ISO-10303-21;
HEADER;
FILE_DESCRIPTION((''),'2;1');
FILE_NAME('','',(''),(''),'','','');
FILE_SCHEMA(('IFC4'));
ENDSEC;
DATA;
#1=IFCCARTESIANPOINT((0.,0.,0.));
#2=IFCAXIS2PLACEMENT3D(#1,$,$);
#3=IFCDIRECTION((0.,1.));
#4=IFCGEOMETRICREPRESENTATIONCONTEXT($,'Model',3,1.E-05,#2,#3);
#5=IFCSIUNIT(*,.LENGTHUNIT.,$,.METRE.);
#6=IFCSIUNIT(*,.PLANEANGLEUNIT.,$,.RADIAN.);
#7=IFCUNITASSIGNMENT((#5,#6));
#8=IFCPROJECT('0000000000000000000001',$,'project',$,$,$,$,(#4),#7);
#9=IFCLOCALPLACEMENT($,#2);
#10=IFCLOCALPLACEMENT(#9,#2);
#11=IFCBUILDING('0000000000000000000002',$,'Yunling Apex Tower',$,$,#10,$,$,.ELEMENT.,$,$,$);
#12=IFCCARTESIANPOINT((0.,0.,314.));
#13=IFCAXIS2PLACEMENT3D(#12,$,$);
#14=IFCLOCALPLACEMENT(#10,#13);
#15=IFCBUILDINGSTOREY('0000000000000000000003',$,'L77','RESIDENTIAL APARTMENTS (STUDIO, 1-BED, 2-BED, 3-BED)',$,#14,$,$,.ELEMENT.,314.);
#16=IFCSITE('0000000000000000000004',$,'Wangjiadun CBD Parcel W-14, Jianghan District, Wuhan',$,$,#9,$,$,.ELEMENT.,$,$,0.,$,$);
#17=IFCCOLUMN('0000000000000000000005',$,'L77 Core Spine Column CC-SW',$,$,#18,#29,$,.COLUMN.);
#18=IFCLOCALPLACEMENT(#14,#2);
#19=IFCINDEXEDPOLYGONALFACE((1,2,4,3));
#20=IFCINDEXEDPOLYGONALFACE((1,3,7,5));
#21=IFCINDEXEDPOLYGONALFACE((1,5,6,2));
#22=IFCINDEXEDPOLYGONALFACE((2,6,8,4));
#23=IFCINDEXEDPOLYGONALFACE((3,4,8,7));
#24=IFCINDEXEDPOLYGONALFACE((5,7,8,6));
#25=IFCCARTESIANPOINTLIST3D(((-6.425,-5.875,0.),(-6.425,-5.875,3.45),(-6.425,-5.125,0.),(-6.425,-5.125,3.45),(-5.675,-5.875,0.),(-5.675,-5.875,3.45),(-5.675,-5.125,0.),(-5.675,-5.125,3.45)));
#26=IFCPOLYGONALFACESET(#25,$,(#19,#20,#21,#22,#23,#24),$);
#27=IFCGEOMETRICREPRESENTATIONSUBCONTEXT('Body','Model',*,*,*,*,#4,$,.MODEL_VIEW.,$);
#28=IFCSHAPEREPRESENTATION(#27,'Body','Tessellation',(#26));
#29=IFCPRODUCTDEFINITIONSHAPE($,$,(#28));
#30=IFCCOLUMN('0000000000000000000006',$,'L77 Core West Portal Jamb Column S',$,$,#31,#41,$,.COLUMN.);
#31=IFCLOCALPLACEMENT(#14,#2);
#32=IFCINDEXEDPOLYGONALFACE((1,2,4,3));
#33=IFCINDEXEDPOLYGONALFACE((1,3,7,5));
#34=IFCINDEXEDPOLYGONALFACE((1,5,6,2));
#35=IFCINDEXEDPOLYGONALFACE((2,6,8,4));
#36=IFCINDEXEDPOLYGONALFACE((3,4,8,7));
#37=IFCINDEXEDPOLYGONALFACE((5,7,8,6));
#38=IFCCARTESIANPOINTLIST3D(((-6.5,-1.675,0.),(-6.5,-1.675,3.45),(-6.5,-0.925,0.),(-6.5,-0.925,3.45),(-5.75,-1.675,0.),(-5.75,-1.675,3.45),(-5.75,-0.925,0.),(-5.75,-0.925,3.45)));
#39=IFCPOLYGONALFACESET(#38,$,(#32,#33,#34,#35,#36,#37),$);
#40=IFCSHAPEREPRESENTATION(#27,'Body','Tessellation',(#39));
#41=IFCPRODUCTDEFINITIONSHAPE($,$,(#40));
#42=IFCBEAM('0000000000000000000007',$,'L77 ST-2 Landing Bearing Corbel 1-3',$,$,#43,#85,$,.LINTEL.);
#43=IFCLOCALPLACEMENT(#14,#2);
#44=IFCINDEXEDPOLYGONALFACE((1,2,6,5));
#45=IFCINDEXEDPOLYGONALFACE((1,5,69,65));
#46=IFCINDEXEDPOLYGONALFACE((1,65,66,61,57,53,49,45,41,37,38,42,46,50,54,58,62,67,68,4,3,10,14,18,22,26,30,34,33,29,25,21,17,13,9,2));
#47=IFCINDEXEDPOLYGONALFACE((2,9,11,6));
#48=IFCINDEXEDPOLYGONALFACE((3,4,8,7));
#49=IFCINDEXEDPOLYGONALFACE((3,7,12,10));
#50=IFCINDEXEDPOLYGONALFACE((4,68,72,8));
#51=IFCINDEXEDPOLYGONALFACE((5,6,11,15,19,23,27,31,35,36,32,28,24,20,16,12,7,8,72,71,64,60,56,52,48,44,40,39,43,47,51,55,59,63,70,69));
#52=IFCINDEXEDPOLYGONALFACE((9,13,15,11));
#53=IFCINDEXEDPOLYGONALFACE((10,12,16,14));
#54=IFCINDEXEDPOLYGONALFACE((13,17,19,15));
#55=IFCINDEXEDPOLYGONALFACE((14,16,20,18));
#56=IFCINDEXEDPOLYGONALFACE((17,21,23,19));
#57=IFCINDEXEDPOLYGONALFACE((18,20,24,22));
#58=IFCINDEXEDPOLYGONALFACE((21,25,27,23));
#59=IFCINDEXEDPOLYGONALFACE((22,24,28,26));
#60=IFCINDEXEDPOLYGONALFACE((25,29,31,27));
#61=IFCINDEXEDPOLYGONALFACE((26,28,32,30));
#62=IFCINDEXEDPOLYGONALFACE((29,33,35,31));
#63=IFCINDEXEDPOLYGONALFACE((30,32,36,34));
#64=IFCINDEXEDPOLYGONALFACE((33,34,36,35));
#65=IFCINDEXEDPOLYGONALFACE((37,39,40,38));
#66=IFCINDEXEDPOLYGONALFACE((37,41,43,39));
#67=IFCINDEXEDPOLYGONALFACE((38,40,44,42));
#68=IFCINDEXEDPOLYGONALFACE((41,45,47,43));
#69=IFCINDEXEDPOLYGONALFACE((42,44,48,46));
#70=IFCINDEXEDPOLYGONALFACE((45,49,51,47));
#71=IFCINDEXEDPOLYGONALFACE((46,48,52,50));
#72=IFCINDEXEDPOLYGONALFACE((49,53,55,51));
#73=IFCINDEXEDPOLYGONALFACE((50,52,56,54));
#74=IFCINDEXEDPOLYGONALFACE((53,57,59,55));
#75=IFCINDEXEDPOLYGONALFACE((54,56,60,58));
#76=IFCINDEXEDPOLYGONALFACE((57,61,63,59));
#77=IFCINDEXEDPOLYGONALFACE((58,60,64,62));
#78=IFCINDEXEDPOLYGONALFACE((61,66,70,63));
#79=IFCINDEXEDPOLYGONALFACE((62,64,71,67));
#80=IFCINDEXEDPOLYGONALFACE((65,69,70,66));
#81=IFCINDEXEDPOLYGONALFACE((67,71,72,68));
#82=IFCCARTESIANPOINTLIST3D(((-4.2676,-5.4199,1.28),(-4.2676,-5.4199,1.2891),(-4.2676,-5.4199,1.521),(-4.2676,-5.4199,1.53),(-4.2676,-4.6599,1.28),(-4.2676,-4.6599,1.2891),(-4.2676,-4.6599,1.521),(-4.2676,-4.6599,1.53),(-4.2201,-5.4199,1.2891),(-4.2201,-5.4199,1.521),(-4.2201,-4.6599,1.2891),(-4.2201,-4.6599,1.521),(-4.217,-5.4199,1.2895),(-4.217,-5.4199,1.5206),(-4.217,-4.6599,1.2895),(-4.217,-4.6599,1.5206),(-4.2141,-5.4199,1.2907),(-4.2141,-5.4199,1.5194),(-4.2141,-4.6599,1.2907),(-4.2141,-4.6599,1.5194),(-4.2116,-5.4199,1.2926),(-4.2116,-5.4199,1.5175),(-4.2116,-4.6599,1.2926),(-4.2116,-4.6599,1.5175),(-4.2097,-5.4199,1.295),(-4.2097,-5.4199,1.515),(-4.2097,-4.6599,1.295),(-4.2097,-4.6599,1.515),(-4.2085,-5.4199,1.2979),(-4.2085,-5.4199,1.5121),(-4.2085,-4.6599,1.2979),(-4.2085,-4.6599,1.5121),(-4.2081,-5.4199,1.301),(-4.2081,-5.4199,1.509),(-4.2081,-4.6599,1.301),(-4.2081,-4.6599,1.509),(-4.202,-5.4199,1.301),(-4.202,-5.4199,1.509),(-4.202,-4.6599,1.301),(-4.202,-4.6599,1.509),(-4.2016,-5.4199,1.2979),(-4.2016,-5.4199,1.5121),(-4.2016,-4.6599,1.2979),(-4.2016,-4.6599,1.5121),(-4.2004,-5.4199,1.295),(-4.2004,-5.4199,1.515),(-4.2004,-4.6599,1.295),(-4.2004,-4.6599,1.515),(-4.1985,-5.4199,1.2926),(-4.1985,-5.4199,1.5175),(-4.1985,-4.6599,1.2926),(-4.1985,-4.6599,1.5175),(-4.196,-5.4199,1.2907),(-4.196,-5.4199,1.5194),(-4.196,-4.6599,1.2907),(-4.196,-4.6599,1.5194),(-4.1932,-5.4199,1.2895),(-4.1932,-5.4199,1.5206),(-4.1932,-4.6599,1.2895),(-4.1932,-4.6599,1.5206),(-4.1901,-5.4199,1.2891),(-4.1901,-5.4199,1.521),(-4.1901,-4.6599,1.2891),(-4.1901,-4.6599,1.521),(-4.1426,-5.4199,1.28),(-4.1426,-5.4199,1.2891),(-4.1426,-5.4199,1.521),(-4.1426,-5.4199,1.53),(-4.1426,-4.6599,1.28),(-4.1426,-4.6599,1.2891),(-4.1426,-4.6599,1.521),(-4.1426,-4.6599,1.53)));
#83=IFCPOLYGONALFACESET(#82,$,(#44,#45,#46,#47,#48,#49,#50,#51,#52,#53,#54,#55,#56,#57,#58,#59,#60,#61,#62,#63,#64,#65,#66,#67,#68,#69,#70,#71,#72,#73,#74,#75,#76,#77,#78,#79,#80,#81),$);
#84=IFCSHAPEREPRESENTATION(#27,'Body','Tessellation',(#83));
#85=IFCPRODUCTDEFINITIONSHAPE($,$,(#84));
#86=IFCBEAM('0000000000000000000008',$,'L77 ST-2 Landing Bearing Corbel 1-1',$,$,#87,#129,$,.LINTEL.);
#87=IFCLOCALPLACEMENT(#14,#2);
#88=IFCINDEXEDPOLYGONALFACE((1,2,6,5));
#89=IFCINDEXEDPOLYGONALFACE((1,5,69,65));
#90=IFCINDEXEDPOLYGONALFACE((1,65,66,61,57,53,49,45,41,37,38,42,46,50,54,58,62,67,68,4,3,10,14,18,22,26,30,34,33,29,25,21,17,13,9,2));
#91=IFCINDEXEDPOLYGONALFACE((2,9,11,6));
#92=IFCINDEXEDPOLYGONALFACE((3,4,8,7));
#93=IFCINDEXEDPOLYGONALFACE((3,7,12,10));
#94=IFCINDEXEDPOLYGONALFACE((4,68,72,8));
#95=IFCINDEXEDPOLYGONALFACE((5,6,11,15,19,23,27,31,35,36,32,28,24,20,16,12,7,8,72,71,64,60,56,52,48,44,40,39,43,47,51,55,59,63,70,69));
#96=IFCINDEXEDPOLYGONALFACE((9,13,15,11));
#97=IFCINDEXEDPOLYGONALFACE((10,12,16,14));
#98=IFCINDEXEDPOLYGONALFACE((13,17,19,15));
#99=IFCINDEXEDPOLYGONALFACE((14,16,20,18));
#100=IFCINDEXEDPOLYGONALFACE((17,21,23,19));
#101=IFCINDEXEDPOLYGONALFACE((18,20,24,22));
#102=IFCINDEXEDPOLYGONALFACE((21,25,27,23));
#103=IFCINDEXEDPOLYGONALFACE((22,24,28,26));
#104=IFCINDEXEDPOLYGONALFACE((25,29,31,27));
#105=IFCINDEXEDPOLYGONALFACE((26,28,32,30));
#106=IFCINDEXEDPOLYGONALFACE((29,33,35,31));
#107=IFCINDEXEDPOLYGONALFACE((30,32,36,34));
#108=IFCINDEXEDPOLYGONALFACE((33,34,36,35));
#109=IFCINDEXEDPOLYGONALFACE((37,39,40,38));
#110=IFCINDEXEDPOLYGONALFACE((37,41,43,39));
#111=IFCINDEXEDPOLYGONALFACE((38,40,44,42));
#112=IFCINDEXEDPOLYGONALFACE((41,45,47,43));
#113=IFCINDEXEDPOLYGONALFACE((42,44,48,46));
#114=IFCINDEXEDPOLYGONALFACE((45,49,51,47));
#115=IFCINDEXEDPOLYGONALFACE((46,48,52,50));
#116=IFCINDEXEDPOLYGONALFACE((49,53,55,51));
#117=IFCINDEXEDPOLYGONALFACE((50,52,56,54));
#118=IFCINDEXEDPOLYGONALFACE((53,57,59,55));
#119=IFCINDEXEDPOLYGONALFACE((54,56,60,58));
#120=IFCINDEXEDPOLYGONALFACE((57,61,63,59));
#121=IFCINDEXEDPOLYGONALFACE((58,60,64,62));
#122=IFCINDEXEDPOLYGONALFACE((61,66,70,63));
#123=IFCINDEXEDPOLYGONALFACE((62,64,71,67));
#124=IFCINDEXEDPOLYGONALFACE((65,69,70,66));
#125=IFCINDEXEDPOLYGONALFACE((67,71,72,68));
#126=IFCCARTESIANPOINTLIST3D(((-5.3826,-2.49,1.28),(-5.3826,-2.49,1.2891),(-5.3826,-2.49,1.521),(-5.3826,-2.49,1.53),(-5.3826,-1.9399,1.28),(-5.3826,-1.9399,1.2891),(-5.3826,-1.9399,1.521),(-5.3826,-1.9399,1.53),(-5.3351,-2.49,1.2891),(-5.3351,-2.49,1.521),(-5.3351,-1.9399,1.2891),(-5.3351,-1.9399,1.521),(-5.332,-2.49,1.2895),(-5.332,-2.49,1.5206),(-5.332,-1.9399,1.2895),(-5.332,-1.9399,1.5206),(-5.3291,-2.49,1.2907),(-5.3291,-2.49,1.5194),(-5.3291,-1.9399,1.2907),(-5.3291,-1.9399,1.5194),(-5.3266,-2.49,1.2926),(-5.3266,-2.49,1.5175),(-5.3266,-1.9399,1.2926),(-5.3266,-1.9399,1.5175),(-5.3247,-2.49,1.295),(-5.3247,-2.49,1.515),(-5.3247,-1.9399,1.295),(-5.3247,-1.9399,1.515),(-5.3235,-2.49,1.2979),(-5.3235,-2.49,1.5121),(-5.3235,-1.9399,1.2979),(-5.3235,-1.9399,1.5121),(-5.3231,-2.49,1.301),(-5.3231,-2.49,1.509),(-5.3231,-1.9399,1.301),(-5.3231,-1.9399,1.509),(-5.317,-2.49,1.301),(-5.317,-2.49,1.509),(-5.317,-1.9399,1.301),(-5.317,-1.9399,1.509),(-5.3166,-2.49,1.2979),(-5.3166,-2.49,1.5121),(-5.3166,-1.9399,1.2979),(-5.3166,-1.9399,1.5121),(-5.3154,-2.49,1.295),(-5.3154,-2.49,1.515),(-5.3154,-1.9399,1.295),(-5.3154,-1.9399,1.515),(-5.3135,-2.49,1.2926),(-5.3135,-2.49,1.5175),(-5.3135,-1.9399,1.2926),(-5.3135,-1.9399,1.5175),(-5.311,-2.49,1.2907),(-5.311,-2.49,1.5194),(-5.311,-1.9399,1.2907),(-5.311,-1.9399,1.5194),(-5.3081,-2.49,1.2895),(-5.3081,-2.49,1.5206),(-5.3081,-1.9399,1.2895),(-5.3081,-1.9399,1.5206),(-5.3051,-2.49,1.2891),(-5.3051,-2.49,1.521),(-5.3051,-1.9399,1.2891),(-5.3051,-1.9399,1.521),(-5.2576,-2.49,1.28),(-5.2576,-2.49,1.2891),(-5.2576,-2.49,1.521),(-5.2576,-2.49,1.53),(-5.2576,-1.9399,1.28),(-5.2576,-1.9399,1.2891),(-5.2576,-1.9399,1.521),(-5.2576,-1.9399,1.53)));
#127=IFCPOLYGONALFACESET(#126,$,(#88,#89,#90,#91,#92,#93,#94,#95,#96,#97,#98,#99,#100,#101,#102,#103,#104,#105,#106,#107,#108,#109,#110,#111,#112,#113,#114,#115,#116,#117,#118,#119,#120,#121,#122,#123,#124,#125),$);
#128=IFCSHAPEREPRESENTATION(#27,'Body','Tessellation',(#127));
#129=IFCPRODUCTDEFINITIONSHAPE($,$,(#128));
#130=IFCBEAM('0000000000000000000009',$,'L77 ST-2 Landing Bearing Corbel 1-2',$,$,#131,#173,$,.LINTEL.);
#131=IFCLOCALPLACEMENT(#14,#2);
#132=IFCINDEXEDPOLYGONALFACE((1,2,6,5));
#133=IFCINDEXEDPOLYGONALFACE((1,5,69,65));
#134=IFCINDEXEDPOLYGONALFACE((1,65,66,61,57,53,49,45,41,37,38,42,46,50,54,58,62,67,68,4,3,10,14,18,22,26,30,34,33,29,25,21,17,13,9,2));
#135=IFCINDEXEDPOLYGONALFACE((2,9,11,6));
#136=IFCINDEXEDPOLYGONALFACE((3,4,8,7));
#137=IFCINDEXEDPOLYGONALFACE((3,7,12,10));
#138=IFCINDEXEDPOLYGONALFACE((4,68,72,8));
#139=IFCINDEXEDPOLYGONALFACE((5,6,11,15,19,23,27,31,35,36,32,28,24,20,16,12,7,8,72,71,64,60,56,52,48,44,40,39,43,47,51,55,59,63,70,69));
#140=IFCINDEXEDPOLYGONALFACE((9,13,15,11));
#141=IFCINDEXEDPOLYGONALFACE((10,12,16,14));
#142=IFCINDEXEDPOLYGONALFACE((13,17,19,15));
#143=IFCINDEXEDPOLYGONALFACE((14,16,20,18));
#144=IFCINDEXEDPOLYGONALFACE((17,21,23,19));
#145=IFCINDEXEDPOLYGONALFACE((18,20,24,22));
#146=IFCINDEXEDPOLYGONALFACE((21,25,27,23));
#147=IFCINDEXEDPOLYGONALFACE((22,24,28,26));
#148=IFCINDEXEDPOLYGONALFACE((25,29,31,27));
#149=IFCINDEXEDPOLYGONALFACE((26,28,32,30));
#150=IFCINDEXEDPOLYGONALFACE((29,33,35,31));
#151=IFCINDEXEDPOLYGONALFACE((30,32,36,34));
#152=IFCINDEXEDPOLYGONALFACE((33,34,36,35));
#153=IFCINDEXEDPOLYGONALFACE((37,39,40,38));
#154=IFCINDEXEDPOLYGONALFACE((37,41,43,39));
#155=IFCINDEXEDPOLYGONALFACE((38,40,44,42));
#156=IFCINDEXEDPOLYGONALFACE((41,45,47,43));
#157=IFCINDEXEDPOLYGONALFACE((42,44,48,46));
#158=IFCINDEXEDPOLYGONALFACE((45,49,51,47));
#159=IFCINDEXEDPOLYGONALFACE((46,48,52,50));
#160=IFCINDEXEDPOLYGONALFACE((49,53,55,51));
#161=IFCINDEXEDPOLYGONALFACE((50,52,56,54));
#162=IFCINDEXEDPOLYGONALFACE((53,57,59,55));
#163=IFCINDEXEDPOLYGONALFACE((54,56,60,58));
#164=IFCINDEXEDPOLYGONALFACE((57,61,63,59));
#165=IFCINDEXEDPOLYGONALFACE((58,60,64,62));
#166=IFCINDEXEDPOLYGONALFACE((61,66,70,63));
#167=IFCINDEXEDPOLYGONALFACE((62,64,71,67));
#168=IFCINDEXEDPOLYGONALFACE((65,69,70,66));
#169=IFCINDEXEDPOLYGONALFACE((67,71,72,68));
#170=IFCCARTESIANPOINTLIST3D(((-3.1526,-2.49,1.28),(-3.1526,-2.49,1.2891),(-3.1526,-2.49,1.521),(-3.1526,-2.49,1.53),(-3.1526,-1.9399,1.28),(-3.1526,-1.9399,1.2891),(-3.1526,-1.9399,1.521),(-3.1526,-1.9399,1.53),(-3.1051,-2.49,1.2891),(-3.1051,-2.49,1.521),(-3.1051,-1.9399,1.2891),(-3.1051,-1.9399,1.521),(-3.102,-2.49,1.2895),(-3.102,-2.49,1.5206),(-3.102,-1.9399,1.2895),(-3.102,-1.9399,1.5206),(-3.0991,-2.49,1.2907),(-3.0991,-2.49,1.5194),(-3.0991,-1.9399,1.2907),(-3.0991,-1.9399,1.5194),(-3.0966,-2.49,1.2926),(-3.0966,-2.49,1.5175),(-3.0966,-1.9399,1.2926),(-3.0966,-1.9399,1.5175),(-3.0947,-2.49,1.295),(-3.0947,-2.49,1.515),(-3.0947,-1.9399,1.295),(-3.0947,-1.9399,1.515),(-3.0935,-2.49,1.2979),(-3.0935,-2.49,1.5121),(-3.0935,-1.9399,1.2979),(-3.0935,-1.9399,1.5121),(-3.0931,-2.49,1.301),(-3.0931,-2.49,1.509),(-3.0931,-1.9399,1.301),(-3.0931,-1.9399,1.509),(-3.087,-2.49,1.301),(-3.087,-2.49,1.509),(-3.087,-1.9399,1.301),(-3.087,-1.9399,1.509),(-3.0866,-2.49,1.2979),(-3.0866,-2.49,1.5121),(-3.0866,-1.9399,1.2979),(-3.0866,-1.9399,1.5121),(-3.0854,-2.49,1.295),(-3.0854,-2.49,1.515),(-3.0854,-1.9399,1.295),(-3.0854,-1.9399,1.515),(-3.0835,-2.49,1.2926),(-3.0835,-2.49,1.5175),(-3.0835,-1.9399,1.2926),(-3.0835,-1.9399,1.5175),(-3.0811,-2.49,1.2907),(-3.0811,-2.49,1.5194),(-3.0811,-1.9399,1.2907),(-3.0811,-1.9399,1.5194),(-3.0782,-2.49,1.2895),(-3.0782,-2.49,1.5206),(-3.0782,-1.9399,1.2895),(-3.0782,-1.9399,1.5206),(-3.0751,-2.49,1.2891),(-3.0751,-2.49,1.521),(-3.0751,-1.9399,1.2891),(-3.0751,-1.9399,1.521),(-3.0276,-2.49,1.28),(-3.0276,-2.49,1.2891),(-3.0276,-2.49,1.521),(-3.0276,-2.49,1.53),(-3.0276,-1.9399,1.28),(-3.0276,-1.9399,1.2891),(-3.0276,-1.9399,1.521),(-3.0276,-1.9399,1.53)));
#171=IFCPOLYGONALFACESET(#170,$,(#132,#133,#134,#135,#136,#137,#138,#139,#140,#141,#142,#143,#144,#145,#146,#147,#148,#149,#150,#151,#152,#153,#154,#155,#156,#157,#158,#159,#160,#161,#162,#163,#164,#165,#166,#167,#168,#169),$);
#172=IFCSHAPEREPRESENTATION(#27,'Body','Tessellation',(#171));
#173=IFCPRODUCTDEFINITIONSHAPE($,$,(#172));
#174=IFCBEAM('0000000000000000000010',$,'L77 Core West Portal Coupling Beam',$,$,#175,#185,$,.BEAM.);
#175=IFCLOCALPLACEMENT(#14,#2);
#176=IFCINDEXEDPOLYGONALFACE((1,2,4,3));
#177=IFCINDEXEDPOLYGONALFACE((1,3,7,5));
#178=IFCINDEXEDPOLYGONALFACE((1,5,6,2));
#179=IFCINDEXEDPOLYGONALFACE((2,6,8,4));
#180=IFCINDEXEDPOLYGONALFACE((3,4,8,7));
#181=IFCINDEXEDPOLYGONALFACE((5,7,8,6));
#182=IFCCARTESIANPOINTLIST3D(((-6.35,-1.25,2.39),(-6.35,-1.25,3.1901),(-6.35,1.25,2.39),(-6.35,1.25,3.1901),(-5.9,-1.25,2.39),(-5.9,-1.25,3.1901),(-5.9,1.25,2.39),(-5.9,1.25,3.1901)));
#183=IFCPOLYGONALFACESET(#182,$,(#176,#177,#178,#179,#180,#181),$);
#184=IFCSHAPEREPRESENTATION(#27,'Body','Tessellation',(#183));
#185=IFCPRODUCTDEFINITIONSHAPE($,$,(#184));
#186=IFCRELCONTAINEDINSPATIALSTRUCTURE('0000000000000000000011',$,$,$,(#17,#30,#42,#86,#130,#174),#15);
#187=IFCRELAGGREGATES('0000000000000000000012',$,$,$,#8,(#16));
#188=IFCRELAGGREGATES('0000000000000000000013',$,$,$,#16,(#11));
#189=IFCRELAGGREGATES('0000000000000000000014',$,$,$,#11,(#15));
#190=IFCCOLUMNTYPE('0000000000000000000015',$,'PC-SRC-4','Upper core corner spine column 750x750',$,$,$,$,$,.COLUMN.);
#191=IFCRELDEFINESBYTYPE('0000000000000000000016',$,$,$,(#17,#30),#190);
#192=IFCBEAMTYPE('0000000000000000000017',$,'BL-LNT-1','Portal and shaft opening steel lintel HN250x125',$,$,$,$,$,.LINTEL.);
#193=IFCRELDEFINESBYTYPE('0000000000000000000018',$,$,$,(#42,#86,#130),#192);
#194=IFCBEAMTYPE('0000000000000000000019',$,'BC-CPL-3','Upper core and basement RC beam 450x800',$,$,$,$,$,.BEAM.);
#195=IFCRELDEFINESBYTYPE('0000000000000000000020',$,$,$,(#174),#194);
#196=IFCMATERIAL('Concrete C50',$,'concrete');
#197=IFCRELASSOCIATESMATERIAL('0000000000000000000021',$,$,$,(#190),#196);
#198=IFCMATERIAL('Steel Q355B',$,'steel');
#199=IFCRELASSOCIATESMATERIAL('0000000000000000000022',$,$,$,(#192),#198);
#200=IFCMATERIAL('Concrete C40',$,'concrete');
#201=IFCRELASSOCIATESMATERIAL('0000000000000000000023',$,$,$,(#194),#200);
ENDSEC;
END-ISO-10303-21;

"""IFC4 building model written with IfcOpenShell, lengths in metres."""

from ifc_helpers import new_model, si_unit, direction, frame, origin, origin_2d, place, context, subcontext, project, spatial, rectangle, i_section, extrude, source, transform, mapped, material, material_profile, profile_set, type_object, element, save


model = new_model("IFC4")

# Units and contexts
model_context = context("Model", 3, precision=1e-05, world=origin(), true_north=direction((0.0, 1.0)))
body_context = subcontext(model_context, "Body", "Model", "MODEL_VIEW")
ifc_project = project(units=[si_unit("LENGTHUNIT", "METRE"), si_unit("PLANEANGLEUNIT", "RADIAN")], contexts=[model_context])

# Site, building, storey
site_placement = place(None, origin())
site = spatial("IfcSite", under=ifc_project, at=site_placement, Name="Wangjiadun CBD Parcel W-14, Jianghan District, Wuhan", CompositionType="ELEMENT", RefElevation=0.0)
building_placement = place(site_placement, origin())
building = spatial("IfcBuilding", under=site, at=building_placement, Name="Yunling Apex Tower", CompositionType="ELEMENT")
storey_placement = place(building_placement, frame((0.0, 0.0, 314.0)))
storey = spatial("IfcBuildingStorey", under=building, at=storey_placement, Name="L77", Description="RESIDENTIAL APARTMENTS (STUDIO, 1-BED, 2-BED, 3-BED)", CompositionType="ELEMENT", Elevation=314.0)

# Columns
ifc_material_1 = material(Name="Concrete C50", Category="concrete")
ifc_material_profile_1 = material_profile(ifc_material_1, rectangle(XDim=0.75, YDim=0.75, at=origin_2d()))
ifc_profile_set_1 = profile_set([ifc_material_profile_1], Name="Concrete C50")
column_type = type_object("IfcColumnType", Name="PC-SRC-4", Description="Upper core corner spine column 750x750", PredefinedType="COLUMN", material=ifc_profile_set_1)
shared_shape_1 = source(origin(), body_context, "Body", "SweptSolid", [
    extrude(rectangle(XDim=0.75, YDim=0.75, at=origin_2d()), origin(), (0.0, 0.0, 1.0), 3.45),
])
for number, where, z_axis, x_axis, name in (
    (1, (-6.05, -5.5, 0.0), (0.0, 0.0, 1.0), (1.0, 0.0, 0.0), "L77 Core Spine Column CC-SW"),
    (2, (-6.125, -1.3, 0.0), (0.0, 0.0, 1.0), (1.0, 0.0, 0.0), "L77 Core West Portal Jamb Column S"),
):
    element("IfcColumn", number, at=place(storey_placement, frame(where, z_axis=z_axis, x_axis=x_axis)), inside=storey, type_object=column_type, Name=name, PredefinedType="COLUMN", context=body_context, shape_type="MappedRepresentation", body=[
        mapped(shared_shape_1, transform((0.0, 0.0, 0.0), scale=1.0)),
    ])

# Beams
ifc_material_2 = material(Name="Steel Q355B", Category="steel")
ifc_material_profile_2 = material_profile(ifc_material_2, i_section(OverallWidth=0.125, OverallDepth=0.25, WebThickness=0.0061, FlangeThickness=0.009, FilletRadius=0.012, at=origin_2d()))
ifc_profile_set_2 = profile_set([ifc_material_profile_2], Name="Steel Q355B")
beam_type_1 = type_object("IfcBeamType", Name="BL-LNT-1", Description="Portal and shaft opening steel lintel HN250x125", PredefinedType="LINTEL", material=ifc_profile_set_2)
shared_shape_2 = source(origin(), body_context, "Body", "SweptSolid", [
    extrude(i_section(OverallWidth=0.125, OverallDepth=0.25, WebThickness=0.0061, FlangeThickness=0.009, FilletRadius=0.012, at=origin_2d()), origin(), (0.0, 0.0, 1.0), 0.76),
])
beam_1_placement = place(storey_placement, frame((-4.2051, -5.4199, 1.405), z_axis=(0.0, 1.0, 0.0), x_axis=(-1.0, 0.0, 0.0)))
element("IfcBeam", 3, at=beam_1_placement, inside=storey, type_object=beam_type_1, Name="L77 ST-2 Landing Bearing Corbel 1-3", PredefinedType="LINTEL", context=body_context, shape_type="MappedRepresentation", body=[
    mapped(shared_shape_2, transform((0.0, 0.0, 0.0), scale=1.0)),
])
shared_shape_3 = source(origin(), body_context, "Body", "SweptSolid", [
    extrude(i_section(OverallWidth=0.125, OverallDepth=0.25, WebThickness=0.0061, FlangeThickness=0.009, FilletRadius=0.012, at=origin_2d()), origin(), (0.0, 0.0, 1.0), 0.55),
])
for number, where, z_axis, x_axis, name in (
    (4, (-5.3201, -1.9399, 1.405), (0.0, -1.0, 0.0), (1.0, 0.0, 0.0), "L77 ST-2 Landing Bearing Corbel 1-1"),
    (5, (-3.0901, -1.9399, 1.405), (0.0, -1.0, 0.0), (1.0, 0.0, 0.0), "L77 ST-2 Landing Bearing Corbel 1-2"),
):
    element("IfcBeam", number, at=place(storey_placement, frame(where, z_axis=z_axis, x_axis=x_axis)), inside=storey, type_object=beam_type_1, Name=name, PredefinedType="LINTEL", context=body_context, shape_type="MappedRepresentation", body=[
        mapped(shared_shape_3, transform((0.0, 0.0, 0.0), scale=1.0)),
    ])
ifc_material_3 = material(Name="Concrete C40", Category="concrete")
ifc_material_profile_3 = material_profile(ifc_material_3, rectangle(XDim=0.45, YDim=0.8, at=origin_2d()))
ifc_profile_set_3 = profile_set([ifc_material_profile_3], Name="Concrete C40")
beam_type_2 = type_object("IfcBeamType", Name="BC-CPL-3", Description="Upper core and basement RC beam 450x800", PredefinedType="BEAM", material=ifc_profile_set_3)
shared_shape_4 = source(origin(), body_context, "Body", "SweptSolid", [
    extrude(rectangle(XDim=0.45, YDim=0.8, at=origin_2d()), origin(), (0.0, 0.0, 1.0), 2.5),
])
beam_2_placement = place(storey_placement, frame((-6.125, -1.25, 2.79), z_axis=(0.0, 1.0, 0.0), x_axis=(-1.0, 0.0, 0.0)))
element("IfcBeam", 6, at=beam_2_placement, inside=storey, type_object=beam_type_2, Name="L77 Core West Portal Coupling Beam", PredefinedType="BEAM", context=body_context, shape_type="MappedRepresentation", body=[
    mapped(shared_shape_4, transform((0.0, 0.0, 0.0), scale=1.0)),
])

save(model, "model.ifc")
